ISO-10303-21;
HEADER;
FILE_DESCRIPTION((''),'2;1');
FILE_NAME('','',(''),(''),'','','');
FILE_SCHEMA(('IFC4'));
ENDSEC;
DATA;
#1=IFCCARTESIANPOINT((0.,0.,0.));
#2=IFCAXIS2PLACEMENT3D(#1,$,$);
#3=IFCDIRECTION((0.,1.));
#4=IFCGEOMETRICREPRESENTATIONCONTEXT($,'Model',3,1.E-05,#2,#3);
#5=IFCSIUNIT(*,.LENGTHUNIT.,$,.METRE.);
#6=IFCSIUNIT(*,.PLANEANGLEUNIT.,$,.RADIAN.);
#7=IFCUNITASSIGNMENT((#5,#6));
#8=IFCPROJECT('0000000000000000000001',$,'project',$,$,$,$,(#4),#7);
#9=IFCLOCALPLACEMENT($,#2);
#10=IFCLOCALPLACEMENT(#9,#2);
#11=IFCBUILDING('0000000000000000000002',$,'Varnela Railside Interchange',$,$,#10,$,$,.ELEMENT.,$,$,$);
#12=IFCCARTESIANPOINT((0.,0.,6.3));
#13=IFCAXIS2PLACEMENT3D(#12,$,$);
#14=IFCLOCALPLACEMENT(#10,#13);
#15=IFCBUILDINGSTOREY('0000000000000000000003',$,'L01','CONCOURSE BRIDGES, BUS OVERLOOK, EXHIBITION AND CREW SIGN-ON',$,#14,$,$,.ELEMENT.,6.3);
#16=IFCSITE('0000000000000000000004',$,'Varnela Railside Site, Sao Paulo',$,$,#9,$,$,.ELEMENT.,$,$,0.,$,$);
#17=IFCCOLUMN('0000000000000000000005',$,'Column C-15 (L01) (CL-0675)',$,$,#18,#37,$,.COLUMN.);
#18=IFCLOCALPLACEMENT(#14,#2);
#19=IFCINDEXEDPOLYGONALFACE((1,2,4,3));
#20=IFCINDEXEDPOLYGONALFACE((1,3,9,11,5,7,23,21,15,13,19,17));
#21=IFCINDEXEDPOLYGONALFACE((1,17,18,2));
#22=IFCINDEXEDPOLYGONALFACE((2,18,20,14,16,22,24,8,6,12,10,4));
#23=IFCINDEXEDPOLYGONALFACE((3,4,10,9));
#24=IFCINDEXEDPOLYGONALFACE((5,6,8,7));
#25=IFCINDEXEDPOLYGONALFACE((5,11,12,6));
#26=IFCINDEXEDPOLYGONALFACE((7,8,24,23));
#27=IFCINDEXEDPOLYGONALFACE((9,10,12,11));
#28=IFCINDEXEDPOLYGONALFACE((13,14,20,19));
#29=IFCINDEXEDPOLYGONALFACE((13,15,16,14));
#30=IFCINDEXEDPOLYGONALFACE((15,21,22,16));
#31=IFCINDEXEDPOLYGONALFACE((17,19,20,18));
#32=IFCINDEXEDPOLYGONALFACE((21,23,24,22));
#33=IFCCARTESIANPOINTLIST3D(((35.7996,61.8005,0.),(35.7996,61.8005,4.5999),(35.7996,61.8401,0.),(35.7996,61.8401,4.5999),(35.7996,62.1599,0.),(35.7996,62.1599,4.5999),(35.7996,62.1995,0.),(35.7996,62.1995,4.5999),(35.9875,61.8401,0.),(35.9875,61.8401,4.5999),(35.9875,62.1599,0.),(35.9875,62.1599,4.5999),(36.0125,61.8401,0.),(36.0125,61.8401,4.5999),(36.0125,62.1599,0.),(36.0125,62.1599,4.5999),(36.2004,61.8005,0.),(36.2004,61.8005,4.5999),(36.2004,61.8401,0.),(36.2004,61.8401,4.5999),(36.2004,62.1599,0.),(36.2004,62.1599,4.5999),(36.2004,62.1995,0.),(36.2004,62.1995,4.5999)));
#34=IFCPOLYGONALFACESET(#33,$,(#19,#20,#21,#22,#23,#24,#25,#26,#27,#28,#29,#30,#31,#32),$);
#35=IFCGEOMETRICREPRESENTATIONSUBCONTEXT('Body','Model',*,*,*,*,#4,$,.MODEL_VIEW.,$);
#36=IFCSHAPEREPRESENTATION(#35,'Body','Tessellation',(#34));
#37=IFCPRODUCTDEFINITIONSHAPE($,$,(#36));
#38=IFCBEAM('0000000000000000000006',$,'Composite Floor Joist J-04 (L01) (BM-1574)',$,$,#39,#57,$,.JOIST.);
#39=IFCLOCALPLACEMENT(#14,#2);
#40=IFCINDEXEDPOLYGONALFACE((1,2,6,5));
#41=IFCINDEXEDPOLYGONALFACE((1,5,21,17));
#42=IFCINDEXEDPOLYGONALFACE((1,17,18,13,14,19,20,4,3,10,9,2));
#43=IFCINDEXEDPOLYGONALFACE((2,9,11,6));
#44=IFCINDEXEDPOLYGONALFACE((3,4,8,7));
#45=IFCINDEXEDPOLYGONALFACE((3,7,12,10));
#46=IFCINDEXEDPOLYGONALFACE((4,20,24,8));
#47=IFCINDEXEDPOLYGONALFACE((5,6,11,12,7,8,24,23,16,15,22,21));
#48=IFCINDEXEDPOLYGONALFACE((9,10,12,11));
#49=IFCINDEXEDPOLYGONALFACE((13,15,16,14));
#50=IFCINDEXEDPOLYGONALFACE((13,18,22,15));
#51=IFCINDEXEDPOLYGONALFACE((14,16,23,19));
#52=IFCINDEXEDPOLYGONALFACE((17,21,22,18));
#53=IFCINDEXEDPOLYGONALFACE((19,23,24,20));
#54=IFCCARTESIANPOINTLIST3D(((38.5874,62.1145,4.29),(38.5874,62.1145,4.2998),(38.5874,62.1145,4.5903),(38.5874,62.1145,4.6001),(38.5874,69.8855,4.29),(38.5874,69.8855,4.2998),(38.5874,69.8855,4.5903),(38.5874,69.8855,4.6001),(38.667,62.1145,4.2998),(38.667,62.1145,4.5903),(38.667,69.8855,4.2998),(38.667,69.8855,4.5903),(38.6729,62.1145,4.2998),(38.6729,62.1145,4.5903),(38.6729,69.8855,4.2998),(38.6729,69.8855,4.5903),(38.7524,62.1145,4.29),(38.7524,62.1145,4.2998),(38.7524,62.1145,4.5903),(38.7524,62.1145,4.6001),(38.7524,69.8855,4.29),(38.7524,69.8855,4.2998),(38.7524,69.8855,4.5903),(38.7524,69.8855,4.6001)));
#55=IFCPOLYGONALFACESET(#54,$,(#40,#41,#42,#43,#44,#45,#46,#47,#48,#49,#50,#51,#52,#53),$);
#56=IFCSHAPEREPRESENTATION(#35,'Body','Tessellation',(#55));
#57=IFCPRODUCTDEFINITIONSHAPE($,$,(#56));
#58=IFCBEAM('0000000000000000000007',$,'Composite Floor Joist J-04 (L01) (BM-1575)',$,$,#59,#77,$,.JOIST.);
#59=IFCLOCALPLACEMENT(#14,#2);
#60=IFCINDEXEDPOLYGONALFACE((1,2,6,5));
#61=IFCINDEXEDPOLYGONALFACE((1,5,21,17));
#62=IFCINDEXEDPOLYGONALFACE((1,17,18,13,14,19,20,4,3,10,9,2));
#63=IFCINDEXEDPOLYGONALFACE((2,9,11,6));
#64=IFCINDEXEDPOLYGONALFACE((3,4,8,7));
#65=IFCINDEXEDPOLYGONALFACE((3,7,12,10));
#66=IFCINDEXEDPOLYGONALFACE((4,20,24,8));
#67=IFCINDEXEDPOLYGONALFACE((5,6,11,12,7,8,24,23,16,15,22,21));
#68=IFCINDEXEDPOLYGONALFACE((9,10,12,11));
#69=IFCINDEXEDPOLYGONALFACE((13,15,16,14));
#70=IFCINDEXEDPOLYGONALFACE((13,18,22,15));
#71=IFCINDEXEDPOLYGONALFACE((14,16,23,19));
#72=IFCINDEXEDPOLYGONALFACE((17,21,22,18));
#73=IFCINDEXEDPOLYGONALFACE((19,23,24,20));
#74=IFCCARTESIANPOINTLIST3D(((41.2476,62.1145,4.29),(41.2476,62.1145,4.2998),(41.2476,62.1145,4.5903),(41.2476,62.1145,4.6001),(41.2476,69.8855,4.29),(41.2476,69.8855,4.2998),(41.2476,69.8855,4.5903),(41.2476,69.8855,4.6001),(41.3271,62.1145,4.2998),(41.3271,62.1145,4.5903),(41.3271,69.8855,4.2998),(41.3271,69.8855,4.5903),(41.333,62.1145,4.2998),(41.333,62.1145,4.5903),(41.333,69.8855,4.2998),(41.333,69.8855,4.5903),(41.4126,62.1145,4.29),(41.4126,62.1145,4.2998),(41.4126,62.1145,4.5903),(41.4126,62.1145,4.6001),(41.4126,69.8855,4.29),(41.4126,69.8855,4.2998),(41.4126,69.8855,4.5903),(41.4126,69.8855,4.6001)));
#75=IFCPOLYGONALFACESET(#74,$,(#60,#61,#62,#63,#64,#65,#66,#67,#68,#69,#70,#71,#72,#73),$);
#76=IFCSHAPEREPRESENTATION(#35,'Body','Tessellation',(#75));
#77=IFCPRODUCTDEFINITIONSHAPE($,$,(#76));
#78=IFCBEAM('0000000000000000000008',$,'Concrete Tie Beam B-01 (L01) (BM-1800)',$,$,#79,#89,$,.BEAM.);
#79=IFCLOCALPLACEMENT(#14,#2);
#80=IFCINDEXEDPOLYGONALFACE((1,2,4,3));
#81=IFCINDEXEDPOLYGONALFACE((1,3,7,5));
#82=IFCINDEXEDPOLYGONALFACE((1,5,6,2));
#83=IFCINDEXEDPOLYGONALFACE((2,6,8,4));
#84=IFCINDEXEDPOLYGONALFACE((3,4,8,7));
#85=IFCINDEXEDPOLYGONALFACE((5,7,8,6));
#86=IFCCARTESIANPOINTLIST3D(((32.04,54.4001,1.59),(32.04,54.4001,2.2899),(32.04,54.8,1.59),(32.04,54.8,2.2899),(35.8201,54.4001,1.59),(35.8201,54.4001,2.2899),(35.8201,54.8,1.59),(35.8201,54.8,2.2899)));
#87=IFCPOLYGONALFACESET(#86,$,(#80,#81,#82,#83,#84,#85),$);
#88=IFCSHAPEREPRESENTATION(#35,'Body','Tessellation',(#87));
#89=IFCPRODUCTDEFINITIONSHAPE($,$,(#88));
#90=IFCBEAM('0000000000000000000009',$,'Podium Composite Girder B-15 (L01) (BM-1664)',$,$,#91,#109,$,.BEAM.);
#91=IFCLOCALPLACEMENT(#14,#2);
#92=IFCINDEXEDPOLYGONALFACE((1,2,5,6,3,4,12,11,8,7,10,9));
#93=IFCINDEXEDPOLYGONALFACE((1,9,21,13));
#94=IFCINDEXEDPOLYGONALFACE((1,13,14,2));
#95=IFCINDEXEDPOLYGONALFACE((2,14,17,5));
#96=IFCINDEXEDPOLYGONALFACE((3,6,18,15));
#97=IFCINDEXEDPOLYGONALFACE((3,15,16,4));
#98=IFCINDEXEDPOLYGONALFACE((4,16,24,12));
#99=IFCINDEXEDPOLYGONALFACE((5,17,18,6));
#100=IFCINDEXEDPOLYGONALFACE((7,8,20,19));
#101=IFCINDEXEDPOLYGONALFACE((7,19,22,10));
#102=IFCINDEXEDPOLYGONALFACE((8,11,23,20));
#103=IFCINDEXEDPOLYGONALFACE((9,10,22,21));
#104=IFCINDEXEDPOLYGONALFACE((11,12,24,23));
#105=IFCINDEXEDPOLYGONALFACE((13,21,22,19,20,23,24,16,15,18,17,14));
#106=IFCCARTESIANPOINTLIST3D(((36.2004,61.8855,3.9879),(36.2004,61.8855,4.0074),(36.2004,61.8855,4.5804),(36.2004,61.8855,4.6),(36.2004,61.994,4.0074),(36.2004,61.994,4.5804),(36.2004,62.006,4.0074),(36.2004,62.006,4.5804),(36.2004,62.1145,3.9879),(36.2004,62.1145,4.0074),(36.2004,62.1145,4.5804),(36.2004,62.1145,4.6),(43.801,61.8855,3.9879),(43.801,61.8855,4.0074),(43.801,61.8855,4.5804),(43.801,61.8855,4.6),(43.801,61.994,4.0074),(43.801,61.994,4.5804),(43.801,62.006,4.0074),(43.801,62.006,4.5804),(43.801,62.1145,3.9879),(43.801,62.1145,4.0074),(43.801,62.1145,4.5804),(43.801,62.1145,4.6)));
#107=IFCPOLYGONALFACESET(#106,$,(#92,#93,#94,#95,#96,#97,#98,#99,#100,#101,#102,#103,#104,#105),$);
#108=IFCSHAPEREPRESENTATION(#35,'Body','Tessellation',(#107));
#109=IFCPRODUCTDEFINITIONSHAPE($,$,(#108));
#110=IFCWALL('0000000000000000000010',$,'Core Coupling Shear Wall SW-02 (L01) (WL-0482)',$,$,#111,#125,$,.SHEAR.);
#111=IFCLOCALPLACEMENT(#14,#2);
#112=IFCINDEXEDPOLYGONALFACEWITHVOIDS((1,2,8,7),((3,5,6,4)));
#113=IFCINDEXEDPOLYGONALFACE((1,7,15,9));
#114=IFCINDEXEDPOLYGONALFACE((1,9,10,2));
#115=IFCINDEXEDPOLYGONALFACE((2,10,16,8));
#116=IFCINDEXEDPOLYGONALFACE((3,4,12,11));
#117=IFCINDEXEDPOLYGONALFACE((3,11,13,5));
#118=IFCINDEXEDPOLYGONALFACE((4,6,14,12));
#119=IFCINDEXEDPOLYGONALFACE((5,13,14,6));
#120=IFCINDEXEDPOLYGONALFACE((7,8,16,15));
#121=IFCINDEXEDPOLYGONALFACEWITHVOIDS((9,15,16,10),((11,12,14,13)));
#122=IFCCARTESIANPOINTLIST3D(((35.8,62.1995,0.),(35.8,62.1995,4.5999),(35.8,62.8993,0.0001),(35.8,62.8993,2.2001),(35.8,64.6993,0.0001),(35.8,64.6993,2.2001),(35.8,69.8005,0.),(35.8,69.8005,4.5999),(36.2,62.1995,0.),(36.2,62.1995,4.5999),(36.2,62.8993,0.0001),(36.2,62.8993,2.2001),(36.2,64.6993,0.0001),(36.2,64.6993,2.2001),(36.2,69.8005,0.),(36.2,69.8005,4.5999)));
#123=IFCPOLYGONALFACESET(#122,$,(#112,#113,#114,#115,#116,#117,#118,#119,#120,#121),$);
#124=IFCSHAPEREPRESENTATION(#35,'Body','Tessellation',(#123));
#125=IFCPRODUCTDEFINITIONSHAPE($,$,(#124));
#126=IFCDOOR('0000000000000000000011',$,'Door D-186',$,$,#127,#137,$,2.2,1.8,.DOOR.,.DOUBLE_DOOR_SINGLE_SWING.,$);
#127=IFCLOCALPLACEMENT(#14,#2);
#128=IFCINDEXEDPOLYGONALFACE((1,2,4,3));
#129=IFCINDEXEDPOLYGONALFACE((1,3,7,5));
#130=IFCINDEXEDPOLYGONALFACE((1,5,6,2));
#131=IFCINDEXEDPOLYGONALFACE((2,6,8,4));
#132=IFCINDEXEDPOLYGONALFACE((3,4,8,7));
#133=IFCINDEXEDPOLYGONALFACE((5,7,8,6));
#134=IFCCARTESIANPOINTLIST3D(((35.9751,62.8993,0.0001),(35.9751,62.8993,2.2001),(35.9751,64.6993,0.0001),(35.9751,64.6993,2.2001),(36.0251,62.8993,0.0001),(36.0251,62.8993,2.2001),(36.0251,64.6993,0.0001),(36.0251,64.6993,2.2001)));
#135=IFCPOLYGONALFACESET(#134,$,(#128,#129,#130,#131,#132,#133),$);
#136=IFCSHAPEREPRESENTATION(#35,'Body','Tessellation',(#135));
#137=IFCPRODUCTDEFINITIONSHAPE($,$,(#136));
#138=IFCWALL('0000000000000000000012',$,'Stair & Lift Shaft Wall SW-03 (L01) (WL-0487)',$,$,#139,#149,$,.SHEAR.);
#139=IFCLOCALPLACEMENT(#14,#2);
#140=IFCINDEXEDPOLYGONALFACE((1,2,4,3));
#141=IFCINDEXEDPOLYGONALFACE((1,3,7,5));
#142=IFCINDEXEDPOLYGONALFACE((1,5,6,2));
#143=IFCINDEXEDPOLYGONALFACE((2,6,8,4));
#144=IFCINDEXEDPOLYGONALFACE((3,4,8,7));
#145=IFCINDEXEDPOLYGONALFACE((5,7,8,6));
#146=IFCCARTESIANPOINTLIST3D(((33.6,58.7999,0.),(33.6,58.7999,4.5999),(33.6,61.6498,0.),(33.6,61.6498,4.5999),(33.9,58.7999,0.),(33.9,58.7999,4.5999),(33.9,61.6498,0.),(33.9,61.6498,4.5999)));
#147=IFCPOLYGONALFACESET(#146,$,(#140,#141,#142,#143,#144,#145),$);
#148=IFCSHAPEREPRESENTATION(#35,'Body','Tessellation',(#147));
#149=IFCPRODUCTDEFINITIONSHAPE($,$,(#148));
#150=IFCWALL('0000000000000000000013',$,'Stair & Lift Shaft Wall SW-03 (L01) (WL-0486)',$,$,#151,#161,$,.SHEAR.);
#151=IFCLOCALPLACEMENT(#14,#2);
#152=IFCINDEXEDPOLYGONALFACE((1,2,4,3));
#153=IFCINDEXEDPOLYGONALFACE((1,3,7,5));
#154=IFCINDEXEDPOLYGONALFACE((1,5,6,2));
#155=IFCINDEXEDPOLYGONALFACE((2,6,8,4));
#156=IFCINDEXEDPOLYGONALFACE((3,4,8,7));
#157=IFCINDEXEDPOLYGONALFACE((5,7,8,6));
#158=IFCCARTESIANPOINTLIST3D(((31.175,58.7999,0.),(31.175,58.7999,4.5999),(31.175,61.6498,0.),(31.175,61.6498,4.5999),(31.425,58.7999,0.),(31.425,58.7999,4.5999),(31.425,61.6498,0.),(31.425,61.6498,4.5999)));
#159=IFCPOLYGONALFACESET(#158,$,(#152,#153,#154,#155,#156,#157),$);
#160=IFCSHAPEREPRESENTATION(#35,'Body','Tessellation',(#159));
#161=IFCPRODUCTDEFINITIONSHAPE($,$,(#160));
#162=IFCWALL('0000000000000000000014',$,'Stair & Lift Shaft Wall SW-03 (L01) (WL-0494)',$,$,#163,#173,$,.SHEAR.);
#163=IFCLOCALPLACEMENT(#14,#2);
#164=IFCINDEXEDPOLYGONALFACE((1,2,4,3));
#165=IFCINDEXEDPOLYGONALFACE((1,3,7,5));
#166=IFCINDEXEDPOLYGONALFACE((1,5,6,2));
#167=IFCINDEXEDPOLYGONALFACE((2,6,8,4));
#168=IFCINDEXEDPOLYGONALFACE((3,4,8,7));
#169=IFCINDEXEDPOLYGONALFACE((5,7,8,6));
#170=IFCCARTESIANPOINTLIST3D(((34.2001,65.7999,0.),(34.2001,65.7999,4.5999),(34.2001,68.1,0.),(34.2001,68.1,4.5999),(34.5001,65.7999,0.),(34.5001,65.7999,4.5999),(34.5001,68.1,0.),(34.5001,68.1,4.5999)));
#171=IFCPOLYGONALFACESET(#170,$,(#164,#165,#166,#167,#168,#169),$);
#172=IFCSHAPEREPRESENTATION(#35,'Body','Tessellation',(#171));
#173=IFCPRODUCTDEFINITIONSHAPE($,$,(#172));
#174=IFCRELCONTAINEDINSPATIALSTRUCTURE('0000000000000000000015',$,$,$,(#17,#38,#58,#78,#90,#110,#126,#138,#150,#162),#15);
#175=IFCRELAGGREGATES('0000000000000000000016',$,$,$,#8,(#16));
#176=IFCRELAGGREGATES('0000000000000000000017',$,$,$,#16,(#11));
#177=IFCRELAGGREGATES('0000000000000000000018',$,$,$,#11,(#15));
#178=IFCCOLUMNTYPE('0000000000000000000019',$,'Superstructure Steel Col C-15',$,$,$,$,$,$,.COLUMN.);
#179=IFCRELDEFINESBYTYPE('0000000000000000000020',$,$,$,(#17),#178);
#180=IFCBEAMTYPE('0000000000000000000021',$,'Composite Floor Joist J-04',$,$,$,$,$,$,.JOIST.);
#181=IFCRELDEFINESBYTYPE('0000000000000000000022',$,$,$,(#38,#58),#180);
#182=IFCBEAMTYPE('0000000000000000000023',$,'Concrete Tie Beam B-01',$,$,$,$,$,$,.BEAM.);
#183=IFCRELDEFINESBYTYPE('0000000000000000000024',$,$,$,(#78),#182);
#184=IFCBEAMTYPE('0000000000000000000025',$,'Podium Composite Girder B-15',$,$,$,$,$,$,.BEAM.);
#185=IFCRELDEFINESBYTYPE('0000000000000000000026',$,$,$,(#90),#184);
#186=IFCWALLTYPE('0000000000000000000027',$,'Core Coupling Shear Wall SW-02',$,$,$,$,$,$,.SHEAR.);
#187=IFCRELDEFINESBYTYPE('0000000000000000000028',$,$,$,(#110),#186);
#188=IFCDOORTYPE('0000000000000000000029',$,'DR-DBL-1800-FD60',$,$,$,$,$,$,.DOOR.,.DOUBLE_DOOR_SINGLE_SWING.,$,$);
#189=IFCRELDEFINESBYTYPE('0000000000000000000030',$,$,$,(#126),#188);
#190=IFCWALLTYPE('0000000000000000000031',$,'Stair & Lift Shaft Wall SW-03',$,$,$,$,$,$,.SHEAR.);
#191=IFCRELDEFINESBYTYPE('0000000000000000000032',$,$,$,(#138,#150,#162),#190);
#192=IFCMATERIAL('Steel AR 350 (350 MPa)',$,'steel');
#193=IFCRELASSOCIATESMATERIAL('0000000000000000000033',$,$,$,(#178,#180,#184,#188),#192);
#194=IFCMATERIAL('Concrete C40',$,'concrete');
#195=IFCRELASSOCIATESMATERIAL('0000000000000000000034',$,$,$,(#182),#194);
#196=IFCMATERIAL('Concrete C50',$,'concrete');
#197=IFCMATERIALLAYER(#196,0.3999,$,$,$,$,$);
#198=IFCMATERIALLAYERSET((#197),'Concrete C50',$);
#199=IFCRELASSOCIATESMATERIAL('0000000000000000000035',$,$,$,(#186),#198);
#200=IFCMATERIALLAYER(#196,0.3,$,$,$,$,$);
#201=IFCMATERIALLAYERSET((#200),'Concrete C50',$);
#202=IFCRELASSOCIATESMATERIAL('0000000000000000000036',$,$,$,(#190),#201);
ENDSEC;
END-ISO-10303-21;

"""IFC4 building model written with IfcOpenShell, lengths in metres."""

from ifc_helpers import new_model, si_unit, direction, frame, frame_2d, origin, origin_2d, place, context, subcontext, project, spatial, rectangle, i_section, extrude, material, layer, layer_set, material_profile, profile_set, type_object, element, fill, save


model = new_model("IFC4")

# Units and contexts
model_context = context("Model", 3, precision=1e-05, world=origin(), true_north=direction((0.0, 1.0)))
body_context = subcontext(model_context, "Body", "Model", "MODEL_VIEW")
ifc_project = project(units=[si_unit("LENGTHUNIT", "METRE"), si_unit("PLANEANGLEUNIT", "RADIAN")], contexts=[model_context])

# Site, building, storey
site_placement = place(None, origin())
site = spatial("IfcSite", under=ifc_project, at=site_placement, Name="Varnela Railside Site, Sao Paulo", CompositionType="ELEMENT", RefElevation=0.0)
building_placement = place(site_placement, origin())
building = spatial("IfcBuilding", under=site, at=building_placement, Name="Varnela Railside Interchange", CompositionType="ELEMENT")
storey_placement = place(building_placement, frame((0.0, 0.0, 6.3)))
storey = spatial("IfcBuildingStorey", under=building, at=storey_placement, Name="L01", Description="CONCOURSE BRIDGES, BUS OVERLOOK, EXHIBITION AND CREW SIGN-ON", CompositionType="ELEMENT", Elevation=6.3)

# Column
ifc_material_1 = material(Name="Steel AR 350 (350 MPa)", Category="steel")
ifc_material_profile_1 = material_profile(ifc_material_1, i_section(OverallWidth=0.4009, OverallDepth=0.3989, WebThickness=0.0249, FlangeThickness=0.0396, at=origin_2d()), Name="W360x314")
ifc_profile_set_1 = profile_set([ifc_material_profile_1], Name="Steel AR 350 (350 MPa)")
column_type = type_object("IfcColumnType", Name="Superstructure Steel Col C-15", PredefinedType="COLUMN", material=ifc_profile_set_1)
column_placement = place(storey_placement, frame((36.0, 62.0, 0.0), z_axis=(0.0, 0.0, 1.0), x_axis=(1.0, 0.0, 0.0)))
element("IfcColumn", 1, at=column_placement, inside=storey, type_object=column_type, Name="Column C-15 (L01) (CL-0675)", PredefinedType="COLUMN", context=body_context, shape_type="SweptSolid", body=[
    extrude(i_section(OverallWidth=0.4009, OverallDepth=0.3989, WebThickness=0.0249, FlangeThickness=0.0396, at=origin_2d()), origin(), (0.0, 0.0, 1.0), 4.5999),
])

# Beams
ifc_material_profile_2 = material_profile(ifc_material_1, i_section(OverallWidth=0.165, OverallDepth=0.3101, WebThickness=0.0059, FlangeThickness=0.0098, at=origin_2d()), Name="W310x38.7")
ifc_profile_set_2 = profile_set([ifc_material_profile_2], Name="Steel AR 350 (350 MPa)")
beam_type_1 = type_object("IfcBeamType", Name="Composite Floor Joist J-04", PredefinedType="JOIST", material=ifc_profile_set_2)
for number, where, z_axis, x_axis, name in (
    (2, (38.6699, 62.1145, 4.4451), (0.0, 1.0, 0.0), (-1.0, 0.0, 0.0), "Composite Floor Joist J-04 (L01) (BM-1574)"),
    (3, (41.3301, 62.1145, 4.4451), (0.0, 1.0, 0.0), (-1.0, 0.0, 0.0), "Composite Floor Joist J-04 (L01) (BM-1575)"),
):
    element("IfcBeam", number, at=place(storey_placement, frame(where, z_axis=z_axis, x_axis=x_axis)), inside=storey, type_object=beam_type_1, Name=name, PredefinedType="JOIST", context=body_context, shape_type="SweptSolid", body=[
        extrude(i_section(OverallWidth=0.165, OverallDepth=0.3101, WebThickness=0.0059, FlangeThickness=0.0098, at=origin_2d()), origin(), (0.0, 0.0, 1.0), 7.771),
    ])
ifc_material_2 = material(Name="Concrete C40", Category="concrete")
ifc_material_profile_3 = material_profile(ifc_material_2, rectangle(XDim=0.3999, YDim=0.7, at=origin_2d()), Name="RC 400x700")
ifc_profile_set_3 = profile_set([ifc_material_profile_3], Name="Concrete C40")
beam_type_2 = type_object("IfcBeamType", Name="Concrete Tie Beam B-01", PredefinedType="BEAM", material=ifc_profile_set_3)
beam_1_placement = place(storey_placement, frame((32.04, 54.6001, 1.9399), z_axis=(1.0, 0.0, 0.0), x_axis=(0.0, 1.0, 0.0)))
element("IfcBeam", 4, at=beam_1_placement, inside=storey, type_object=beam_type_2, Name="Concrete Tie Beam B-01 (L01) (BM-1800)", PredefinedType="BEAM", context=body_context, shape_type="SweptSolid", body=[
    extrude(rectangle(XDim=0.3999, YDim=0.7, at=origin_2d()), origin(), (0.0, 0.0, 1.0), 3.78),
])
ifc_material_profile_4 = material_profile(ifc_material_1, i_section(OverallWidth=0.229, OverallDepth=0.6121, WebThickness=0.012, FlangeThickness=0.0195, at=origin_2d()), Name="W610x125")
ifc_profile_set_4 = profile_set([ifc_material_profile_4], Name="Steel AR 350 (350 MPa)")
beam_type_3 = type_object("IfcBeamType", Name="Podium Composite Girder B-15", PredefinedType="BEAM", material=ifc_profile_set_4)
beam_2_placement = place(storey_placement, frame((36.2004, 62.0, 4.2939), z_axis=(1.0, 0.0, 0.0), x_axis=(0.0, 1.0, 0.0)))
element("IfcBeam", 5, at=beam_2_placement, inside=storey, type_object=beam_type_3, Name="Podium Composite Girder B-15 (L01) (BM-1664)", PredefinedType="BEAM", context=body_context, shape_type="SweptSolid", body=[
    extrude(i_section(OverallWidth=0.229, OverallDepth=0.6121, WebThickness=0.012, FlangeThickness=0.0195, at=origin_2d()), origin(), (0.0, 0.0, 1.0), 7.6006),
])

# Wall, opening, door
ifc_material_3 = material(Name="Concrete C50", Category="concrete")
ifc_layer_1 = layer(ifc_material_3, 0.3999)
ifc_layer_set_1 = layer_set([ifc_layer_1], Name="Concrete C50")
wall_type_1 = type_object("IfcWallType", Name="Core Coupling Shear Wall SW-02", PredefinedType="SHEAR", material=ifc_layer_set_1)
wall_1_placement = place(storey_placement, frame((36.0, 62.1995, 0.0), z_axis=(0.0, 0.0, 1.0), x_axis=(0.0, 1.0, 0.0)))
wall_1 = element("IfcWall", 6, at=wall_1_placement, inside=storey, type_object=wall_type_1, Name="Core Coupling Shear Wall SW-02 (L01) (WL-0482)", PredefinedType="SHEAR", context=body_context, shape_type="SweptSolid", body=[
    extrude(rectangle(XDim=7.6011, YDim=0.3999, at=frame_2d((3.8005, 0.0))), origin(), (0.0, 0.0, 1.0), 4.5999),
])
opening_placement = place(wall_1_placement, frame((0.7, 0.0, 0.0)))
opening = element("IfcOpeningElement", 7, at=opening_placement, cuts=wall_1, PredefinedType="OPENING", context=body_context, shape_type="SweptSolid", body=[
    extrude(rectangle(XDim=1.8, YDim=2.2, at=frame_2d((0.8999, 1.1001))), frame((0.0, 0.21, 0.0), z_axis=(0.0, -1.0, 0.0), x_axis=(1.0, 0.0, 0.0)), (0.0, 0.0, 1.0), 0.4199),
])
door_type = type_object("IfcDoorType", Name="DR-DBL-1800-FD60", OperationType="DOUBLE_DOOR_SINGLE_SWING", PredefinedType="DOOR", material=ifc_material_1)
door_placement = place(opening_placement, origin())
door = element("IfcDoor", 8, at=door_placement, inside=storey, type_object=door_type, Name="Door D-186", OperationType="DOUBLE_DOOR_SINGLE_SWING", OverallHeight=2.2, OverallWidth=1.8, PredefinedType="DOOR", context=body_context, shape_type="SweptSolid", body=[
    extrude(rectangle(XDim=1.8, YDim=2.2, at=frame_2d((0.8999, 1.1001))), frame((0.0, 0.0249, 0.0), z_axis=(0.0, -1.0, 0.0), x_axis=(1.0, 0.0, 0.0)), (0.0, 0.0, 1.0), 0.05),
])
fill(opening, door)

# Walls
ifc_layer_2 = layer(ifc_material_3, 0.3)
ifc_layer_set_2 = layer_set([ifc_layer_2], Name="Concrete C50")
wall_type_2 = type_object("IfcWallType", Name="Stair & Lift Shaft Wall SW-03", PredefinedType="SHEAR", material=ifc_layer_set_2)
wall_2_placement = place(storey_placement, frame((33.75, 58.8, 0.0), z_axis=(0.0, 0.0, 1.0), x_axis=(0.0, 1.0, 0.0)))
element("IfcWall", 9, at=wall_2_placement, inside=storey, type_object=wall_type_2, Name="Stair & Lift Shaft Wall SW-03 (L01) (WL-0487)", PredefinedType="SHEAR", context=body_context, shape_type="SweptSolid", body=[
    extrude(rectangle(XDim=2.8499, YDim=0.3, at=frame_2d((1.4248, 0.0))), origin(), (0.0, 0.0, 1.0), 4.5999),
])
wall_3_placement = place(storey_placement, frame((31.3, 58.8, 0.0), z_axis=(0.0, 0.0, 1.0), x_axis=(0.0, 1.0, 0.0)))
element("IfcWall", 10, at=wall_3_placement, inside=storey, type_object=wall_type_2, Name="Stair & Lift Shaft Wall SW-03 (L01) (WL-0486)", PredefinedType="SHEAR", context=body_context, shape_type="SweptSolid", body=[
    extrude(rectangle(XDim=2.8499, YDim=0.25, at=frame_2d((1.4248, 0.0))), origin(), (0.0, 0.0, 1.0), 4.5999),
])
wall_4_placement = place(storey_placement, frame((34.3501, 65.8, 0.0), z_axis=(0.0, 0.0, 1.0), x_axis=(0.0, 1.0, 0.0)))
element("IfcWall", 11, at=wall_4_placement, inside=storey, type_object=wall_type_2, Name="Stair & Lift Shaft Wall SW-03 (L01) (WL-0494)", PredefinedType="SHEAR", context=body_context, shape_type="SweptSolid", body=[
    extrude(rectangle(XDim=2.3, YDim=0.3, at=frame_2d((1.1499, 0.0))), origin(), (0.0, 0.0, 1.0), 4.5999),
])

save(model, "model.ifc")
